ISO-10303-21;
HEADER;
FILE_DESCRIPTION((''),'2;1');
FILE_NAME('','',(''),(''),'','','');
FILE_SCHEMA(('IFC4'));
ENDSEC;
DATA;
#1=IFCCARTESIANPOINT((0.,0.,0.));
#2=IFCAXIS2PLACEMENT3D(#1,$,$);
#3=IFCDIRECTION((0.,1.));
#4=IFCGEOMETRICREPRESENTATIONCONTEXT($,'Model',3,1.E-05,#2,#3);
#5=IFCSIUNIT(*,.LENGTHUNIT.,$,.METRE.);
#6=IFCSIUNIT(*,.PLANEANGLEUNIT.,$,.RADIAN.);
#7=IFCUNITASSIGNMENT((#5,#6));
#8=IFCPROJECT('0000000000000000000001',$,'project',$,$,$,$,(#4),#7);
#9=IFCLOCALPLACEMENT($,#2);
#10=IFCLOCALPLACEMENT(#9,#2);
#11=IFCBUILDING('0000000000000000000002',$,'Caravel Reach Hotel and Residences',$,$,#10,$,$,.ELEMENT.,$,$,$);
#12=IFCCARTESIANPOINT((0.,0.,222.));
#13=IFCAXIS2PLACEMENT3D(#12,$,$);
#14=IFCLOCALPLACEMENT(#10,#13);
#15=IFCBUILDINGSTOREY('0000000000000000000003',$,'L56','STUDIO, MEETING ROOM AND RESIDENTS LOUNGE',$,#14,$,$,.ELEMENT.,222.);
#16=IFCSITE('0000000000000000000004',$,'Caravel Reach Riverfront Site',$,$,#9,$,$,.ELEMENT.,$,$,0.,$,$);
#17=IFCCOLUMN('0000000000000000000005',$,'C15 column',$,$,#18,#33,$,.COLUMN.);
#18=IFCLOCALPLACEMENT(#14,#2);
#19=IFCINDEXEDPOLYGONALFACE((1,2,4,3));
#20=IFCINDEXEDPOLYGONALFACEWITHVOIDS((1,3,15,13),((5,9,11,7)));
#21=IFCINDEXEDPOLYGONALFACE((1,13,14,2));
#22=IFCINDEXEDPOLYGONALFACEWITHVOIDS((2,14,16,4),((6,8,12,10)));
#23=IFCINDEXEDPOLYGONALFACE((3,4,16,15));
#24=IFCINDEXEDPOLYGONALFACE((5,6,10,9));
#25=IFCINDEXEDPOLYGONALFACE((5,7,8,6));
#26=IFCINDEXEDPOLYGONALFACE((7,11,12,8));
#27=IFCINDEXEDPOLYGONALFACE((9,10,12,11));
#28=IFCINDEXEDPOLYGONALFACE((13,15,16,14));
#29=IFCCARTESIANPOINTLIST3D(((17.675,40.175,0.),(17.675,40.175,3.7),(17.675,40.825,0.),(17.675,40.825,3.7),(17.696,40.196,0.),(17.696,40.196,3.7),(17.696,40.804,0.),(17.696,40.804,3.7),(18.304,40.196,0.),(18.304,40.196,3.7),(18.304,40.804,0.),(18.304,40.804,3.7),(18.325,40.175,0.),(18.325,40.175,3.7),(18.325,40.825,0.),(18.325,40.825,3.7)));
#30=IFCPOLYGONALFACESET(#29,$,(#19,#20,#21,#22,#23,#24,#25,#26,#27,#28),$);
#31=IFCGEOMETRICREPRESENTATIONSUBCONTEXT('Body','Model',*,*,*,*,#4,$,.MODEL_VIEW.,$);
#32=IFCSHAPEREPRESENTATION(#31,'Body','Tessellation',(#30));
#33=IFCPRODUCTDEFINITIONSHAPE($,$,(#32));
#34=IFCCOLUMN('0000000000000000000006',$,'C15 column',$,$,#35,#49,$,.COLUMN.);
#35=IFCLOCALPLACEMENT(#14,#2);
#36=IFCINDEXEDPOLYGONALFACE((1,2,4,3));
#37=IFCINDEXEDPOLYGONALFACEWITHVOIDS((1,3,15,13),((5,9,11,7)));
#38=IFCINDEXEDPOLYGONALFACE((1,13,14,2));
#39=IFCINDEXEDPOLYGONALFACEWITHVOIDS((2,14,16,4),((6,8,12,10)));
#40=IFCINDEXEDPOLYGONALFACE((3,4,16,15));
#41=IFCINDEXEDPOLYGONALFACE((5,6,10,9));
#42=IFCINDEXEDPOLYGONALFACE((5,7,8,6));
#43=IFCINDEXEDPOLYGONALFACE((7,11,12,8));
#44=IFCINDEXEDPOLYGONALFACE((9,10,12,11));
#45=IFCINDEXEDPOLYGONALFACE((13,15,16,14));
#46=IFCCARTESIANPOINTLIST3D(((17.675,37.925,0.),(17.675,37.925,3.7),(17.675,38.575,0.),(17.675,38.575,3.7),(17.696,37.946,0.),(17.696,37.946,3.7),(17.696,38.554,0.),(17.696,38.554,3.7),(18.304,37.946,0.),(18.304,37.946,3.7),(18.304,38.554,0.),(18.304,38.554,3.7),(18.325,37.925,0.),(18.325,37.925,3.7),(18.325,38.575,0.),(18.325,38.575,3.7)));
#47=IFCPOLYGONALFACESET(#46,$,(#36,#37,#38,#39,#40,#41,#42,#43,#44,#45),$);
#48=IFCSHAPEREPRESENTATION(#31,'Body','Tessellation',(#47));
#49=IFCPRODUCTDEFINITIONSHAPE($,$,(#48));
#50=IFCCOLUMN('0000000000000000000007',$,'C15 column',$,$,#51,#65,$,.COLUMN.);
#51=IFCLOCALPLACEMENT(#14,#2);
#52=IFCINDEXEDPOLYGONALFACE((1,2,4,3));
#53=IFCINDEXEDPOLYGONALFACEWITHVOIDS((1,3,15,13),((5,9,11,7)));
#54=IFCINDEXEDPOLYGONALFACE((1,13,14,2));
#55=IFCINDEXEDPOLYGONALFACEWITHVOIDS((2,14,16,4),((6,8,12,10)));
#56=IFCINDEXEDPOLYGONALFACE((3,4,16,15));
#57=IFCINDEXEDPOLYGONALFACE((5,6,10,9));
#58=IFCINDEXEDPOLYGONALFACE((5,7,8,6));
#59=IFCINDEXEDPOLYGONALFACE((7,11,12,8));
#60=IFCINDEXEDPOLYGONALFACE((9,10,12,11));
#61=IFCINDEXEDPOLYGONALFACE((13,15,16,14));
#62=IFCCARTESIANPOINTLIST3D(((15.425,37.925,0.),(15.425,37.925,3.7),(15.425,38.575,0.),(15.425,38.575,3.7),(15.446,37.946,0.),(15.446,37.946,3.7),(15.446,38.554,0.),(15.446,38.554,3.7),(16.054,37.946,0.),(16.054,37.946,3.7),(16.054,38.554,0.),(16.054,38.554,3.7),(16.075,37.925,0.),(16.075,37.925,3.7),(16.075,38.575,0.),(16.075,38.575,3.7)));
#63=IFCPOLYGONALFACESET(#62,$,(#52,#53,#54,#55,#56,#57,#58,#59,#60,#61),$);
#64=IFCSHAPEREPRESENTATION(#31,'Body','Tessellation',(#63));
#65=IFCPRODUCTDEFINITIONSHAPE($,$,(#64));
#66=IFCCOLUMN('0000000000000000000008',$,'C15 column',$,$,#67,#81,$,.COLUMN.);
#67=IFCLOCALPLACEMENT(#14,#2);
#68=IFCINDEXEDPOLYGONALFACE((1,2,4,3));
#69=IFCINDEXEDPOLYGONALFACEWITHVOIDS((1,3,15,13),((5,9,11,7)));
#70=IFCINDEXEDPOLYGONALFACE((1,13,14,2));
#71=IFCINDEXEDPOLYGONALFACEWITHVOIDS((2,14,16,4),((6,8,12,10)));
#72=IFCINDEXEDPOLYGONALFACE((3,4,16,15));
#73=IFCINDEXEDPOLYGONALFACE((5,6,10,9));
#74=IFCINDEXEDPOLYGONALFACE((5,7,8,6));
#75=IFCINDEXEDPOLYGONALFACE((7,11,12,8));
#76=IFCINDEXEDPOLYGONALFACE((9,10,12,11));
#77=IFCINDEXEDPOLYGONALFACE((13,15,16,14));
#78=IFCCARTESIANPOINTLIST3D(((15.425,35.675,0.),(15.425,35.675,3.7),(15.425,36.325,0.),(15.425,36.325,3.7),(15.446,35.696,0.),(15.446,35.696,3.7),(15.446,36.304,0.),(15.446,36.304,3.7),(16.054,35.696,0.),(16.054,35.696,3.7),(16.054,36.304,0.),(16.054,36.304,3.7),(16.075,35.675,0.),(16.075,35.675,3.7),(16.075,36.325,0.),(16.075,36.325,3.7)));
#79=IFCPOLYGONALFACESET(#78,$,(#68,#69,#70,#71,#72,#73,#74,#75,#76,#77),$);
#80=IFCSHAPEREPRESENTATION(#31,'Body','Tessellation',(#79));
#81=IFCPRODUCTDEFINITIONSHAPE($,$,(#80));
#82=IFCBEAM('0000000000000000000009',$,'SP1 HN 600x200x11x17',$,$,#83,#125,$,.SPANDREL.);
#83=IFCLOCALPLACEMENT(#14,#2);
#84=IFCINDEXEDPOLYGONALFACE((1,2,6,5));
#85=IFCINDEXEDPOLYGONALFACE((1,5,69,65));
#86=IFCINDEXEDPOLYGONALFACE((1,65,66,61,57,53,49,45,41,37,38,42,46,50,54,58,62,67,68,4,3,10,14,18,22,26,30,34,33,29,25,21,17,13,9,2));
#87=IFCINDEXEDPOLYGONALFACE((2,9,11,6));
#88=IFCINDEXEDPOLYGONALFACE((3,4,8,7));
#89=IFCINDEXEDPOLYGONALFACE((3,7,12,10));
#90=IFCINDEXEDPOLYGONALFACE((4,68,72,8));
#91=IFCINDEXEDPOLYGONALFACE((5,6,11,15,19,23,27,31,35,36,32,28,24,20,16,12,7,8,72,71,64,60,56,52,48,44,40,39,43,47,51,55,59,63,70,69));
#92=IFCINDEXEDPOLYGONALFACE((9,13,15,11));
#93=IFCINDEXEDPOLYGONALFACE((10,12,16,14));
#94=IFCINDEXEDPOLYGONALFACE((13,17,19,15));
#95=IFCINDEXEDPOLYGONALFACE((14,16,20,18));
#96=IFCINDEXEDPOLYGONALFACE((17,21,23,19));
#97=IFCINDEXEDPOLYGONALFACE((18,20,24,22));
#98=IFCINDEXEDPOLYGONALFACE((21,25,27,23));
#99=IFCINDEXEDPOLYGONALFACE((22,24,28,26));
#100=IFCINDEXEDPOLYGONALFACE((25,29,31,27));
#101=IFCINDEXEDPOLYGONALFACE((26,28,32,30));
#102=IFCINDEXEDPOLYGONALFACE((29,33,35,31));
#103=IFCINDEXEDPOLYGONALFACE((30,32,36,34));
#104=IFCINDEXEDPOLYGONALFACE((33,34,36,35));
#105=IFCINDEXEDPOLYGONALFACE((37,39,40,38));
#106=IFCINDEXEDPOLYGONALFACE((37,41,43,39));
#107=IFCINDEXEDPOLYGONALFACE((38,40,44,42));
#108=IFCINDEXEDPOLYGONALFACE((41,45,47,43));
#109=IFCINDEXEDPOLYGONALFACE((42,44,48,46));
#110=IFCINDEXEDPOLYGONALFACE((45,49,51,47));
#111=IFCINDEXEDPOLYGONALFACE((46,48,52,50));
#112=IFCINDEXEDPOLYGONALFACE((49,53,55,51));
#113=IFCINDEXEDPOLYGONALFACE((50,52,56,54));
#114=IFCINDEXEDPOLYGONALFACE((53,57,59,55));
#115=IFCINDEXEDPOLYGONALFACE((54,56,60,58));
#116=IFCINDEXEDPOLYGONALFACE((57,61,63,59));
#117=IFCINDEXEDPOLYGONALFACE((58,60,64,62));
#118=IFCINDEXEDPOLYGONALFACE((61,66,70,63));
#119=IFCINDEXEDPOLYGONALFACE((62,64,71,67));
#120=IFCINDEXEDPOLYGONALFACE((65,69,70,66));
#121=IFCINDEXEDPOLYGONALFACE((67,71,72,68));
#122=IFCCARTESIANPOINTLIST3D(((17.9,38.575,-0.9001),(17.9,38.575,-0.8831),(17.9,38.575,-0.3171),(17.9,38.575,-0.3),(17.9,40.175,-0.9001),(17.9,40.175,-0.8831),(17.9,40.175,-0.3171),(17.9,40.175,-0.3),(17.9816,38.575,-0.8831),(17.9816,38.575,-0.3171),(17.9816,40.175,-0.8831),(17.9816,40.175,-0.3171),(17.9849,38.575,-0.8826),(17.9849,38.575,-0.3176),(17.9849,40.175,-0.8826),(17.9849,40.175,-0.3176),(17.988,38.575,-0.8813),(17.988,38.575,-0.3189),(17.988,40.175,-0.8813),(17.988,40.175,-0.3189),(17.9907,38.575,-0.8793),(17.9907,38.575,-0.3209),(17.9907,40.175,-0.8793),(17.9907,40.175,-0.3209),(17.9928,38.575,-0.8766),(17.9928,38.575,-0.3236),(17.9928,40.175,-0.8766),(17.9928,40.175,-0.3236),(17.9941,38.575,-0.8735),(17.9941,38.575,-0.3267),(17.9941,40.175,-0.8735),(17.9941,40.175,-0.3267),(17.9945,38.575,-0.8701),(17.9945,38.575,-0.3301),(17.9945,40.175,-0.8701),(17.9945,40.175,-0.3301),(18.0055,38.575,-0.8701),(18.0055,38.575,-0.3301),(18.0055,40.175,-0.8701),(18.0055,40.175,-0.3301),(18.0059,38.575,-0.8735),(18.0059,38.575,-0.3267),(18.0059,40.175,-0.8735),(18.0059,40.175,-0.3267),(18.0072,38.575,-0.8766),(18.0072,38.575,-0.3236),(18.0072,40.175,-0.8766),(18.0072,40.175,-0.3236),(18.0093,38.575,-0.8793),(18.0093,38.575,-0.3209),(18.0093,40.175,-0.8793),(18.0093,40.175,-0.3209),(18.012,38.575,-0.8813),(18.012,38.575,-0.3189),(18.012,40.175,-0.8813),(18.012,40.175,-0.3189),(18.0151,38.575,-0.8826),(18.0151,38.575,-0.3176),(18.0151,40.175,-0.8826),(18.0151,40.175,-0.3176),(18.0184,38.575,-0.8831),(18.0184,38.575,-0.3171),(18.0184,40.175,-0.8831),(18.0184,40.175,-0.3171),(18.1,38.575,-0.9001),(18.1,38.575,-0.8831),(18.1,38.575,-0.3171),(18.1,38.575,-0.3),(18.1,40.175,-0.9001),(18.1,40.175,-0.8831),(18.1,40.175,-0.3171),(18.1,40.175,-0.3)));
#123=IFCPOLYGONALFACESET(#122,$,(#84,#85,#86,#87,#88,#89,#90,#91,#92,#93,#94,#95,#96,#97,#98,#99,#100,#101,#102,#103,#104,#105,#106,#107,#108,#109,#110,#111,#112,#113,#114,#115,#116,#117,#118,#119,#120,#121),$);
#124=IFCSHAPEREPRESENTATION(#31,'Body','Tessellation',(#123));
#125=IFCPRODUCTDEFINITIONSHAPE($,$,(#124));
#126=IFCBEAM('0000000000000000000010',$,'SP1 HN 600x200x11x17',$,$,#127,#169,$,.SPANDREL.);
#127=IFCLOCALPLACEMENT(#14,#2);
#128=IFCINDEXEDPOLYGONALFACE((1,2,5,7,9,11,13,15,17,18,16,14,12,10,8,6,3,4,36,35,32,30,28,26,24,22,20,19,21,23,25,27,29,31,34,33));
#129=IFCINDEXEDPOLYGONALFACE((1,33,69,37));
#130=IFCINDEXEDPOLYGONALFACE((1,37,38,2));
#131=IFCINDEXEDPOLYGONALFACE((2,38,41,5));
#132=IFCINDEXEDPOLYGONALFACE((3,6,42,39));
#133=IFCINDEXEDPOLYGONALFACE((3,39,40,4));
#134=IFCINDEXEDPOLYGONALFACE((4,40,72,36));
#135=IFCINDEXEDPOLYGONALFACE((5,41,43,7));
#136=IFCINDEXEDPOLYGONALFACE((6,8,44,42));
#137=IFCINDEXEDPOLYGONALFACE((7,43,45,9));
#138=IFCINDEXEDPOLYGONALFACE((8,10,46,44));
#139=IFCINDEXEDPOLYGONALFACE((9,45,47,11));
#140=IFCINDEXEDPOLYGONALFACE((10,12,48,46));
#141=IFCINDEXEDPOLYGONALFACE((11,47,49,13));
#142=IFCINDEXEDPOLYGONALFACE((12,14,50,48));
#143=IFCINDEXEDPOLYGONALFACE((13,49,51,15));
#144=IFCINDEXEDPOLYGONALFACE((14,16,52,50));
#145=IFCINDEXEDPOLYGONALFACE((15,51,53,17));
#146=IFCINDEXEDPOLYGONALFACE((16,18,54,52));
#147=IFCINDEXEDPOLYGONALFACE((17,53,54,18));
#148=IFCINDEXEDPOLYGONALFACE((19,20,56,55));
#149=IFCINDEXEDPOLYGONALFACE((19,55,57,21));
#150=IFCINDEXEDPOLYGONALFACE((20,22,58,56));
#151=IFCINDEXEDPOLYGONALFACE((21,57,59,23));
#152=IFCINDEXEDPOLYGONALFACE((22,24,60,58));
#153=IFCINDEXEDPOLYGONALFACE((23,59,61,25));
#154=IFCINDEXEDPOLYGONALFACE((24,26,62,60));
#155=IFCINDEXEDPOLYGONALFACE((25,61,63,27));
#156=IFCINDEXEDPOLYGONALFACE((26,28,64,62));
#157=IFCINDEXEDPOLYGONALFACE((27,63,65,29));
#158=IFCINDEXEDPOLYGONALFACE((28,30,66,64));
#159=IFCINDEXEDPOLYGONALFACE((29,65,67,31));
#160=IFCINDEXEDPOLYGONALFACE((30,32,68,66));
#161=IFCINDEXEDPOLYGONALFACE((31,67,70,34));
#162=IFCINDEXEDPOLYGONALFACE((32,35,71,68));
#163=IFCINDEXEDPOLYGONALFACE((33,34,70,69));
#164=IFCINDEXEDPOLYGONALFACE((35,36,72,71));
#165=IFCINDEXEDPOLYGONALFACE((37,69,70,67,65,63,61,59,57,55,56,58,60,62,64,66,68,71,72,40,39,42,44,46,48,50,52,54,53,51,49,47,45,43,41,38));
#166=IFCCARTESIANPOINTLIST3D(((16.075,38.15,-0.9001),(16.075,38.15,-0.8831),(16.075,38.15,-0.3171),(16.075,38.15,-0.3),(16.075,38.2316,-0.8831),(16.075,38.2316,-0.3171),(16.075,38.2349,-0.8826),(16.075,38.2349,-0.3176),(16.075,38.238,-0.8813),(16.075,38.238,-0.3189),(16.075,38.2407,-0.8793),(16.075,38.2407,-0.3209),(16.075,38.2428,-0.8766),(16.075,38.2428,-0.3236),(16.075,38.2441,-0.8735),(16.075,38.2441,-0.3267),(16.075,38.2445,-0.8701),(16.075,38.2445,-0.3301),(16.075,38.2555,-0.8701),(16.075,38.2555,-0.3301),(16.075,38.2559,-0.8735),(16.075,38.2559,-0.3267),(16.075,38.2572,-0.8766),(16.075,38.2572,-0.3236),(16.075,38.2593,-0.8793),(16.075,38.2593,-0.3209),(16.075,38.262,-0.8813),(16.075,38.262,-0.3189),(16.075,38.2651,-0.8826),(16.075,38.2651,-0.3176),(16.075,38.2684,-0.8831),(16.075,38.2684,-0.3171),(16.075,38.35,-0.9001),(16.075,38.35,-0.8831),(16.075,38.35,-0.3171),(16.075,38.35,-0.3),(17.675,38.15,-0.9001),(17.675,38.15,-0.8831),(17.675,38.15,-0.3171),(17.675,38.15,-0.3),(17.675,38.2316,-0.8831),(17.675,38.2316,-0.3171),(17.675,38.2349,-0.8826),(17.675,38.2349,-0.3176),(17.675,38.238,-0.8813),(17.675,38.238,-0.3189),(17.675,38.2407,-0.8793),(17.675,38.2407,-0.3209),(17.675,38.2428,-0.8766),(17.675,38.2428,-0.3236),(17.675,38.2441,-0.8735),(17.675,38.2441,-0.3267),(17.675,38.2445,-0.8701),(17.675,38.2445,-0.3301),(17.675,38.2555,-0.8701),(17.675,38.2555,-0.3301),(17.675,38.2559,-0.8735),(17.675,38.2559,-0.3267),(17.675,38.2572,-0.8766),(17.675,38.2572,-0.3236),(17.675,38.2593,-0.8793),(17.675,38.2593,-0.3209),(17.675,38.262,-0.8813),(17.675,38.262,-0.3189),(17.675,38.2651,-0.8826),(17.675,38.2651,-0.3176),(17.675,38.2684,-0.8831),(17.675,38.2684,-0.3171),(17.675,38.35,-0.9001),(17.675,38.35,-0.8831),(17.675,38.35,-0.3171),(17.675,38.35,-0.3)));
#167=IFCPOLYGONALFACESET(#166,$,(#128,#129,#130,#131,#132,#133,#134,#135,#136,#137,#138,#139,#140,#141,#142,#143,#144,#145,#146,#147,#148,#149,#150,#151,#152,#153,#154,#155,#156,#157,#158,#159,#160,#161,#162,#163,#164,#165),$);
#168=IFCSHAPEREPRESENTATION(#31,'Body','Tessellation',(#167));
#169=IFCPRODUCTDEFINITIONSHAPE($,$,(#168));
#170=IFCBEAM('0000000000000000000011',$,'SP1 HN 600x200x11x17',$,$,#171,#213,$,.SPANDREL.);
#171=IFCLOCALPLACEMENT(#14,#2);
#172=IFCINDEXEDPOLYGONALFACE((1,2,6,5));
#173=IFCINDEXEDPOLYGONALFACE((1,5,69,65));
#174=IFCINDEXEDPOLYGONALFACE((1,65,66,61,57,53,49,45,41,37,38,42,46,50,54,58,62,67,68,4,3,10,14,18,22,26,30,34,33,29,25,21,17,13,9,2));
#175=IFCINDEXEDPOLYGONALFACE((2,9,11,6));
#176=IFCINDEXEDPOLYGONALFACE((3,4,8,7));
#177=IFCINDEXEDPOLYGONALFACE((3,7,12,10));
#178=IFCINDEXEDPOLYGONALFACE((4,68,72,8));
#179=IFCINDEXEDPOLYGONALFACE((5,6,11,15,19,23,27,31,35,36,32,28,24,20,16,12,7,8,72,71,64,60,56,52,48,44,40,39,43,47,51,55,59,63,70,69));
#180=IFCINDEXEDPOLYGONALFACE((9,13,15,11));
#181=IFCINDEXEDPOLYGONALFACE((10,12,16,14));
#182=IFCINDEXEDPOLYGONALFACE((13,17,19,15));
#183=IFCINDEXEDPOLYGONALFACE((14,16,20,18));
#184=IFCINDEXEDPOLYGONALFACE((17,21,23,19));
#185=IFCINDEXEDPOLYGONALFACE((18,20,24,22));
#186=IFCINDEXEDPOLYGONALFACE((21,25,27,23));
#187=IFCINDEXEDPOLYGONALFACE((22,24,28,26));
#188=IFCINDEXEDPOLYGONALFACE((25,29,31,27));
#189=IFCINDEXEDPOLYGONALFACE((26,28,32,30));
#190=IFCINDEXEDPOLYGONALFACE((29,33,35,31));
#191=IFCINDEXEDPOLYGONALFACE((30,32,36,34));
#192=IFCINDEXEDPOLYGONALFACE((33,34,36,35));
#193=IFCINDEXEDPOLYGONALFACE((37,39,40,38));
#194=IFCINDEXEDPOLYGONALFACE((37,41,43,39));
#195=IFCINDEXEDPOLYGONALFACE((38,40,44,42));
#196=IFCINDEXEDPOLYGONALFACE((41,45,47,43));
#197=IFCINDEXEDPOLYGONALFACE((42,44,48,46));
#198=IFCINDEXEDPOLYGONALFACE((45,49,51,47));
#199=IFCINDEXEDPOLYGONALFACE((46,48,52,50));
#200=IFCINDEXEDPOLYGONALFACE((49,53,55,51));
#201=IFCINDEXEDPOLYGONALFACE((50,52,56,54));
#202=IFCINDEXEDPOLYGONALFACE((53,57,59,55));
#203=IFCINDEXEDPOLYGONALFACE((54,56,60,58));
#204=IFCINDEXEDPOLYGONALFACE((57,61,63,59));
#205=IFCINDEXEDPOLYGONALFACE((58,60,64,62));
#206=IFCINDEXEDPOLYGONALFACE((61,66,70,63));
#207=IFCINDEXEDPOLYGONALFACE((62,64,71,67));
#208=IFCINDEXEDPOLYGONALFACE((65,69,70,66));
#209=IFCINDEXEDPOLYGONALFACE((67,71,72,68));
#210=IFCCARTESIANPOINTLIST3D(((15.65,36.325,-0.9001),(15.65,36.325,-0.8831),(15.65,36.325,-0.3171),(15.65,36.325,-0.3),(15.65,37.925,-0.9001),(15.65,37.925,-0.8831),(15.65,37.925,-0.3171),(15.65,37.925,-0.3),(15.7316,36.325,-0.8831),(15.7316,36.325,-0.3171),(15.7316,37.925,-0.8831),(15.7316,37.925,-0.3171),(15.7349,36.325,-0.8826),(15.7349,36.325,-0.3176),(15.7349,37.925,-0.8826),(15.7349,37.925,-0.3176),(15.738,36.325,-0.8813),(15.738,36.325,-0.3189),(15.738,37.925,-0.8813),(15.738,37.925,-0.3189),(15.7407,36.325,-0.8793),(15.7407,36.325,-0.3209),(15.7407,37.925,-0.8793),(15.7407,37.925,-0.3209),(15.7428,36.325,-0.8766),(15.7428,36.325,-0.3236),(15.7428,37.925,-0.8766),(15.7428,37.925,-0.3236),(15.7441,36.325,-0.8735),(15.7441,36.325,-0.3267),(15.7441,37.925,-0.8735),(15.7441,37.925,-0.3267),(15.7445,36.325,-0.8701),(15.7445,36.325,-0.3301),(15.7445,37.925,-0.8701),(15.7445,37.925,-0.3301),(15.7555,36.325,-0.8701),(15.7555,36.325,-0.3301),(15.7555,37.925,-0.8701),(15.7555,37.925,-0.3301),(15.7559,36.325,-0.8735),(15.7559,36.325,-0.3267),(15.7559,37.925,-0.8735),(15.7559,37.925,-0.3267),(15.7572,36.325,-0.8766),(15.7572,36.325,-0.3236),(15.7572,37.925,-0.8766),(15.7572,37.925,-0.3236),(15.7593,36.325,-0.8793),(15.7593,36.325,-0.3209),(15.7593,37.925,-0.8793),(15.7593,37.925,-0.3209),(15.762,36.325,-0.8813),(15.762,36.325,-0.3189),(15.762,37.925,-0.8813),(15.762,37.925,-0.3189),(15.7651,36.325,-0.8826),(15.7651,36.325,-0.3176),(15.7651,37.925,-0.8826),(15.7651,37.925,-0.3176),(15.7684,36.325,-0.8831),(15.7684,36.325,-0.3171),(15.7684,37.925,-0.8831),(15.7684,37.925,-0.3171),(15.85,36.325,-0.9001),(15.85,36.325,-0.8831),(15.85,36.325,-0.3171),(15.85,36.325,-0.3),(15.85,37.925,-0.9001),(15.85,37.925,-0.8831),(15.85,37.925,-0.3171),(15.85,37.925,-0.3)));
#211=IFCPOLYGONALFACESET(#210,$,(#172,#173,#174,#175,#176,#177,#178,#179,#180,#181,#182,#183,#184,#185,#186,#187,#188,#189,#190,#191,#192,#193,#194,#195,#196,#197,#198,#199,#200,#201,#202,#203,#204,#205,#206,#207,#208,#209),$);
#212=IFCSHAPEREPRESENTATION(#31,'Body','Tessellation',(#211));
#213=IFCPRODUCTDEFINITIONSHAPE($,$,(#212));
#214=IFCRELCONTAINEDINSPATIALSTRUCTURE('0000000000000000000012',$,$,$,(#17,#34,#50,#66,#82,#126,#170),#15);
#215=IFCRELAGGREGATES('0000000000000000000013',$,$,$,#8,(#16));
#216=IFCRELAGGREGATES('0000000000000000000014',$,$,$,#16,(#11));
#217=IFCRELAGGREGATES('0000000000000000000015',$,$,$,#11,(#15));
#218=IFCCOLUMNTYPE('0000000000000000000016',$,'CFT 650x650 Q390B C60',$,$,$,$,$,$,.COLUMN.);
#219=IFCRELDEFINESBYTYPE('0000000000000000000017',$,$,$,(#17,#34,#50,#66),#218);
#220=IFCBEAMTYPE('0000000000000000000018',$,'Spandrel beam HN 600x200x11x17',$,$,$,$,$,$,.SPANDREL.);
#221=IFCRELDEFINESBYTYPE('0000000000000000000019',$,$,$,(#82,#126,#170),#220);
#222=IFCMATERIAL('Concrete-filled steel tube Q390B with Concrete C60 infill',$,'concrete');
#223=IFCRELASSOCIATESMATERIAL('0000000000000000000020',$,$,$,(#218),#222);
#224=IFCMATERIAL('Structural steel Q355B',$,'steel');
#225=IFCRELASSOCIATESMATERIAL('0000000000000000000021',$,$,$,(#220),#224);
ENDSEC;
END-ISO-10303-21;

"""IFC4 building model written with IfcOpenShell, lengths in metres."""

from ifc_helpers import new_model, si_unit, direction, frame, origin, origin_2d, place, context, subcontext, project, spatial, hollow_rectangle, i_section, extrude, material, material_profile, profile_set, type_object, element, save


model = new_model("IFC4")

# Units and contexts
model_context = context("Model", 3, precision=1e-05, world=origin(), true_north=direction((0.0, 1.0)))
body_context = subcontext(model_context, "Body", "Model", "MODEL_VIEW")
ifc_project = project(units=[si_unit("LENGTHUNIT", "METRE"), si_unit("PLANEANGLEUNIT", "RADIAN")], contexts=[model_context])

# Site, building, storey
site_placement = place(None, origin())
site = spatial("IfcSite", under=ifc_project, at=site_placement, Name="Caravel Reach Riverfront Site", CompositionType="ELEMENT", RefElevation=0.0)
building_placement = place(site_placement, origin())
building = spatial("IfcBuilding", under=site, at=building_placement, Name="Caravel Reach Hotel and Residences", CompositionType="ELEMENT")
storey_placement = place(building_placement, frame((0.0, 0.0, 222.0)))
storey = spatial("IfcBuildingStorey", under=building, at=storey_placement, Name="L56", Description="STUDIO, MEETING ROOM AND RESIDENTS LOUNGE", CompositionType="ELEMENT", Elevation=222.0)

# Columns
ifc_material_1 = material(Name="Concrete-filled steel tube Q390B with Concrete C60 infill", Category="concrete")
ifc_material_profile_1 = material_profile(ifc_material_1, hollow_rectangle(XDim=0.6499, YDim=0.6499, WallThickness=0.021, at=origin_2d()), Name="RHS 650x650x21")
ifc_profile_set_1 = profile_set([ifc_material_profile_1], Name="Concrete-filled steel tube Q390B with Concrete C60 infill")
column_type = type_object("IfcColumnType", Name="CFT 650x650 Q390B C60", PredefinedType="COLUMN", material=ifc_profile_set_1)
for number, where, z_axis, x_axis, name in (
    (1, (18.0, 40.5, 0.0), (0.0, 0.0, 1.0), (1.0, 0.0, 0.0), "C15 column"),
    (2, (18.0, 38.25, 0.0), (0.0, 0.0, 1.0), (1.0, 0.0, 0.0), "C15 column"),
    (3, (15.75, 38.25, 0.0), (0.0, 0.0, 1.0), (1.0, 0.0, 0.0), "C15 column"),
    (4, (15.75, 36.0, 0.0), (0.0, 0.0, 1.0), (1.0, 0.0, 0.0), "C15 column"),
):
    element("IfcColumn", number, at=place(storey_placement, frame(where, z_axis=z_axis, x_axis=x_axis)), inside=storey, type_object=column_type, Name=name, PredefinedType="COLUMN", context=body_context, shape_type="SweptSolid", body=[
        extrude(hollow_rectangle(XDim=0.6499, YDim=0.6499, WallThickness=0.021, at=origin_2d()), origin(), (0.0, 0.0, 1.0), 3.7),
    ])

# Beams
ifc_material_2 = material(Name="Structural steel Q355B", Category="steel")
ifc_material_profile_2 = material_profile(ifc_material_2, i_section(OverallWidth=0.2, OverallDepth=0.6001, WebThickness=0.011, FlangeThickness=0.0171, FilletRadius=0.0129, at=origin_2d()), Name="HN 600x200x11x17")
ifc_profile_set_2 = profile_set([ifc_material_profile_2], Name="Structural steel Q355B")
beam_type = type_object("IfcBeamType", Name="Spandrel beam HN 600x200x11x17", PredefinedType="SPANDREL", material=ifc_profile_set_2)
for number, where, z_axis, x_axis, name in (
    (5, (18.0, 40.175, -0.6001), (0.0, -1.0, 0.0), (1.0, 0.0, 0.0), "SP1 HN 600x200x11x17"),
    (6, (17.675, 38.25, -0.6001), (-1.0, 0.0, 0.0), (0.0, -1.0, 0.0), "SP1 HN 600x200x11x17"),
    (7, (15.75, 37.925, -0.6001), (0.0, -1.0, 0.0), (1.0, 0.0, 0.0), "SP1 HN 600x200x11x17"),
):
    element("IfcBeam", number, at=place(storey_placement, frame(where, z_axis=z_axis, x_axis=x_axis)), inside=storey, type_object=beam_type, Name=name, PredefinedType="SPANDREL", context=body_context, shape_type="SweptSolid", body=[
        extrude(i_section(OverallWidth=0.2, OverallDepth=0.6001, WebThickness=0.011, FlangeThickness=0.0171, FilletRadius=0.0129, at=origin_2d()), origin(), (0.0, 0.0, 1.0), 1.6001),
    ])

save(model, "model.ifc")
